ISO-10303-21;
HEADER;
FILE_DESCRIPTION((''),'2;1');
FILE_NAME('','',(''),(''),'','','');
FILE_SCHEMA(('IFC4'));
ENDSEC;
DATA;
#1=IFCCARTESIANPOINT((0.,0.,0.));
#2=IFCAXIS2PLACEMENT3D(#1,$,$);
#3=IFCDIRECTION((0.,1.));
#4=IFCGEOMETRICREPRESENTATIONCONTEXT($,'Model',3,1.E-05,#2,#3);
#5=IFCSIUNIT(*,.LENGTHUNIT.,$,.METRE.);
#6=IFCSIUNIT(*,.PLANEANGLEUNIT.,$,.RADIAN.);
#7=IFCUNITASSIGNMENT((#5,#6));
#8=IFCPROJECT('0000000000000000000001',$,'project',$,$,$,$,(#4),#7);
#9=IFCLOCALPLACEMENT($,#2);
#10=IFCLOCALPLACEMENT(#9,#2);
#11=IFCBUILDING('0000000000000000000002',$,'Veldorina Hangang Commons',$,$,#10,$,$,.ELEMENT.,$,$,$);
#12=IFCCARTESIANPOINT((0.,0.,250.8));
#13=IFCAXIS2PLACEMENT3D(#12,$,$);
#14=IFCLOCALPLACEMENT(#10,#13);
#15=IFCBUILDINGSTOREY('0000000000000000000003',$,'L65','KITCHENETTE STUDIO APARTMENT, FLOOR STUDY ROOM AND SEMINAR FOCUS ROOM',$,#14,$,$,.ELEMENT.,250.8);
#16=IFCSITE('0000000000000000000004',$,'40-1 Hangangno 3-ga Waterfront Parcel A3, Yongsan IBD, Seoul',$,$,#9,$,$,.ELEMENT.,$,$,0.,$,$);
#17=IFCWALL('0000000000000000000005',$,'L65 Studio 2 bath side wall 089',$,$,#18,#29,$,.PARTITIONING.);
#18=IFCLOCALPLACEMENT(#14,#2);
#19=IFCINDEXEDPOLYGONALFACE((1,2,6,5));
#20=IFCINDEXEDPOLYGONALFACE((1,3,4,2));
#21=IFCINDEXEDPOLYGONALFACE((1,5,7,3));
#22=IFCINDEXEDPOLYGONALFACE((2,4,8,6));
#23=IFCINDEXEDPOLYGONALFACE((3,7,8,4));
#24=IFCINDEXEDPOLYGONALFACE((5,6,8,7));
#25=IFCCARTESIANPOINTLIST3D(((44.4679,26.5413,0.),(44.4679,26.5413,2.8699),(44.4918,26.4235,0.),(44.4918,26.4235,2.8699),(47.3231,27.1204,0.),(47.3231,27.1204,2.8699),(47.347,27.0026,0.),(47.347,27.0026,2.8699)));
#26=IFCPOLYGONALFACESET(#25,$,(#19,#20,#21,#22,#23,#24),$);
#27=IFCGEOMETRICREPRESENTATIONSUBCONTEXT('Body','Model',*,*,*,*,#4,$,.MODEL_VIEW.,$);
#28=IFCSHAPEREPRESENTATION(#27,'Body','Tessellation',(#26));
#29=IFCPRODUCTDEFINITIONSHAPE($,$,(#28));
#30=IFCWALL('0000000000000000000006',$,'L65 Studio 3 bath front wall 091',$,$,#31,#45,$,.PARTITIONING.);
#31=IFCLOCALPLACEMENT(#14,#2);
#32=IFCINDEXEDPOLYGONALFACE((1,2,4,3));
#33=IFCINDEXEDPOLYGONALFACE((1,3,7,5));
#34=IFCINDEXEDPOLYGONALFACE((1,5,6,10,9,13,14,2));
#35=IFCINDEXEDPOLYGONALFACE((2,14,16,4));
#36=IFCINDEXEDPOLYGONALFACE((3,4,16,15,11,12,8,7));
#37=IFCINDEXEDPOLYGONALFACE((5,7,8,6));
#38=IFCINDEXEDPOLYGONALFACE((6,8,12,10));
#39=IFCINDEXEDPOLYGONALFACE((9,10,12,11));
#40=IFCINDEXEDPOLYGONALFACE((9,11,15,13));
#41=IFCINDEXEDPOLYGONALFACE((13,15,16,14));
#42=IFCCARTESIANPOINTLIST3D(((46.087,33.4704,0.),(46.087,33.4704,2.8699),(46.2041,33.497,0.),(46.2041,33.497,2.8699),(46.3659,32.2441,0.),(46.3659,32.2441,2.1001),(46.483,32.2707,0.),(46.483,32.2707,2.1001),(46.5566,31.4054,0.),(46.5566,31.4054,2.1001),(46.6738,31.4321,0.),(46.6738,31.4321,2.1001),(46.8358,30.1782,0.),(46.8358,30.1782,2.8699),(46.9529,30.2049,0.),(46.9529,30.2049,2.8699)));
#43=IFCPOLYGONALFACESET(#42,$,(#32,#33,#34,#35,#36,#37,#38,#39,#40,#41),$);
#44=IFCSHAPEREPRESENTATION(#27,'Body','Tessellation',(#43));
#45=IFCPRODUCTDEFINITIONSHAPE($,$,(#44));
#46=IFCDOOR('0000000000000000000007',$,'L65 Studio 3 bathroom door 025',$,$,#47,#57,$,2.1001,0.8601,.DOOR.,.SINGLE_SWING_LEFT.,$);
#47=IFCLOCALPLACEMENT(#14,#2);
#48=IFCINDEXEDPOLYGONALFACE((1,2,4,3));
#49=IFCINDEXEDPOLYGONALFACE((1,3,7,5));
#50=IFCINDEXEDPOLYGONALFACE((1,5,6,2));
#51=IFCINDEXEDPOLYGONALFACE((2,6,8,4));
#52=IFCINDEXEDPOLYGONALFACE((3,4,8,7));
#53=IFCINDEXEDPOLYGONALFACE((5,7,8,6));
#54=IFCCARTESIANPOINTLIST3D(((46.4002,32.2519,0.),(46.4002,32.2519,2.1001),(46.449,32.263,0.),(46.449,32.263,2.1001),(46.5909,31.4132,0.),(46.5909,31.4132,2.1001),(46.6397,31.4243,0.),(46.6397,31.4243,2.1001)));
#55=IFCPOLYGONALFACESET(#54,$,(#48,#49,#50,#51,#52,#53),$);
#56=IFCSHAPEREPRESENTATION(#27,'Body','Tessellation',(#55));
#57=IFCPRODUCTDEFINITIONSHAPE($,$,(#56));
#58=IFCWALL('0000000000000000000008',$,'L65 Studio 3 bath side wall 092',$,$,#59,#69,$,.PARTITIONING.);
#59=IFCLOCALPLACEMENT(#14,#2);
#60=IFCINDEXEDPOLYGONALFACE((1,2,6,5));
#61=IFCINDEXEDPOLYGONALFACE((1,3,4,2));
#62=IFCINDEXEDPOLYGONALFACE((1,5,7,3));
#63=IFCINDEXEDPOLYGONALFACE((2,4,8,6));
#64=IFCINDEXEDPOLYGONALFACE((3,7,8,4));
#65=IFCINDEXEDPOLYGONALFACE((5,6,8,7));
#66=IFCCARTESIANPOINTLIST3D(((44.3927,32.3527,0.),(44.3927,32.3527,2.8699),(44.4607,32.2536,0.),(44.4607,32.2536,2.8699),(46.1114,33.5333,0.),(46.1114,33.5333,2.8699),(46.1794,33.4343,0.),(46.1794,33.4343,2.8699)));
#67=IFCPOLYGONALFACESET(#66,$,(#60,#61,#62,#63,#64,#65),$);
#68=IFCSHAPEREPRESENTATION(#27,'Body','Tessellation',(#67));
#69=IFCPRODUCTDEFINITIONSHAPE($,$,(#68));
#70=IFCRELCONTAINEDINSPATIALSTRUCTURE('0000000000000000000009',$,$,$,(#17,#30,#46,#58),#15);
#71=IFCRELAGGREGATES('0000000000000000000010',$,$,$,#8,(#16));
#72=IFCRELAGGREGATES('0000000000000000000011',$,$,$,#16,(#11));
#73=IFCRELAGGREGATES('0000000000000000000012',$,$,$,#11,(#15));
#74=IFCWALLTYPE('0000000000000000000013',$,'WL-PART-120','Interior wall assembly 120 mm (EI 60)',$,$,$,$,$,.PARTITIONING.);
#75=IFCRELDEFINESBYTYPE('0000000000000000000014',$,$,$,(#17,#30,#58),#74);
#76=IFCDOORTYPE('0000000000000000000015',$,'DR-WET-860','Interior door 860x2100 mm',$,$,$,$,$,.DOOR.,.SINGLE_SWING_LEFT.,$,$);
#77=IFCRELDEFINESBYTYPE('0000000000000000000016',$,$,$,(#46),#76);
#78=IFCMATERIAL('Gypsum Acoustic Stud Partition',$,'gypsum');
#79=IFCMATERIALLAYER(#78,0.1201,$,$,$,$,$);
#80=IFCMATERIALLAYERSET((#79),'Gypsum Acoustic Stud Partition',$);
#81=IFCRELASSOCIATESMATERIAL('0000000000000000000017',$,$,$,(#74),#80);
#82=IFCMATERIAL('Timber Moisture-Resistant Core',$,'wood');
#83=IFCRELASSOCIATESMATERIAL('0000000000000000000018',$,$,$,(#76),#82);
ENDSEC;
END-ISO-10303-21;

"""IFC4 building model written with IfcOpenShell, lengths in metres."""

from ifc_helpers import new_model, si_unit, direction, frame, frame_2d, origin, place, context, subcontext, project, spatial, rectangle, extrude, material, layer, layer_set, type_object, element, fill, save


model = new_model("IFC4")

# Units and contexts
model_context = context("Model", 3, precision=1e-05, world=origin(), true_north=direction((0.0, 1.0)))
body_context = subcontext(model_context, "Body", "Model", "MODEL_VIEW")
ifc_project = project(units=[si_unit("LENGTHUNIT", "METRE"), si_unit("PLANEANGLEUNIT", "RADIAN")], contexts=[model_context])

# Site, building, storey
site_placement = place(None, origin())
site = spatial("IfcSite", under=ifc_project, at=site_placement, Name="40-1 Hangangno 3-ga Waterfront Parcel A3, Yongsan IBD, Seoul", CompositionType="ELEMENT", RefElevation=0.0)
building_placement = place(site_placement, origin())
building = spatial("IfcBuilding", under=site, at=building_placement, Name="Veldorina Hangang Commons", CompositionType="ELEMENT")
storey_placement = place(building_placement, frame((0.0, 0.0, 250.8)))
storey = spatial("IfcBuildingStorey", under=building, at=storey_placement, Name="L65", Description="KITCHENETTE STUDIO APARTMENT, FLOOR STUDY ROOM AND SEMINAR FOCUS ROOM", CompositionType="ELEMENT", Elevation=250.8)

# Wall
ifc_material_1 = material(Name="Gypsum Acoustic Stud Partition", Category="gypsum")
ifc_layer_1 = layer(ifc_material_1, 0.1201)
ifc_layer_set_1 = layer_set([ifc_layer_1], Name="Gypsum Acoustic Stud Partition")
wall_type_1 = type_object("IfcWallType", Name="WL-PART-120", Description="Interior wall assembly 120 mm (EI 60)", PredefinedType="PARTITIONING", material=ifc_layer_set_1)
wall_1_placement = place(storey_placement, frame((44.48, 26.4824, 0.0), z_axis=(0.0, 0.0, 1.0), x_axis=(0.980045, 0.198774, 0.0)))
element("IfcWall", 1, at=wall_1_placement, inside=storey, type_object=wall_type_1, Name="L65 Studio 2 bath side wall 089", PredefinedType="PARTITIONING", context=body_context, shape_type="SweptSolid", body=[
    extrude(rectangle(XDim=2.9133, YDim=0.1201, at=frame_2d((1.4565, 0.0))), origin(), (0.0, 0.0, 1.0), 2.8699),
])

# Wall, opening, door
wall_2_placement = place(storey_placement, frame((46.8943, 30.1917, 0.0), z_axis=(0.0, 0.0, 1.0), x_axis=(-0.221774, 0.975098, 0.0)))
wall_2 = element("IfcWall", 2, at=wall_2_placement, inside=storey, type_object=wall_type_1, Name="L65 Studio 3 bath front wall 091", PredefinedType="PARTITIONING", context=body_context, shape_type="SweptSolid", body=[
    extrude(rectangle(XDim=3.3762, YDim=0.1201, at=frame_2d((1.688, 0.0))), origin(), (0.0, 0.0, 1.0), 2.8699),
])
opening_1_placement = place(wall_2_placement, frame((1.2583, 0.0, 0.0)))
opening_1 = element("IfcOpeningElement", 3, at=opening_1_placement, cuts=wall_2, PredefinedType="OPENING", context=body_context, shape_type="SweptSolid", body=[
    extrude(rectangle(XDim=0.8601, YDim=2.1001, at=frame_2d((0.4302, 1.05))), frame((0.0, 0.0701, 0.0), z_axis=(0.0, -1.0, 0.0), x_axis=(1.0, 0.0, 0.0)), (0.0, 0.0, 1.0), 0.1401),
])
ifc_material_2 = material(Name="Timber Moisture-Resistant Core", Category="wood")
door_type_1 = type_object("IfcDoorType", Name="DR-WET-860", Description="Interior door 860x2100 mm", OperationType="SINGLE_SWING_LEFT", PredefinedType="DOOR", material=ifc_material_2)
door_1_placement = place(opening_1_placement, origin())
door_1 = element("IfcDoor", 4, at=door_1_placement, inside=storey, type_object=door_type_1, Name="L65 Studio 3 bathroom door 025", OperationType="SINGLE_SWING_LEFT", OverallHeight=2.1001, OverallWidth=0.8601, PredefinedType="DOOR", context=body_context, shape_type="SweptSolid", body=[
    extrude(rectangle(XDim=0.8601, YDim=2.1001, at=frame_2d((0.4302, 1.05))), frame((0.0, 0.0249, 0.0), z_axis=(0.0, -1.0, 0.0), x_axis=(1.0, 0.0, 0.0)), (0.0, 0.0, 1.0), 0.05),
])
fill(opening_1, door_1)

# Wall
wall_3_placement = place(storey_placement, frame((44.4268, 32.3032, 0.0), z_axis=(0.0, 0.0, 1.0), x_axis=(0.82426, 0.566211, 0.0)))
element("IfcWall", 5, at=wall_3_placement, inside=storey, type_object=wall_type_1, Name="L65 Studio 3 bath side wall 092", PredefinedType="PARTITIONING", context=body_context, shape_type="SweptSolid", body=[
    extrude(rectangle(XDim=2.0852, YDim=0.1201, at=frame_2d((1.0425, 0.0))), origin(), (0.0, 0.0, 1.0), 2.8699),
])

save(model, "model.ifc")
